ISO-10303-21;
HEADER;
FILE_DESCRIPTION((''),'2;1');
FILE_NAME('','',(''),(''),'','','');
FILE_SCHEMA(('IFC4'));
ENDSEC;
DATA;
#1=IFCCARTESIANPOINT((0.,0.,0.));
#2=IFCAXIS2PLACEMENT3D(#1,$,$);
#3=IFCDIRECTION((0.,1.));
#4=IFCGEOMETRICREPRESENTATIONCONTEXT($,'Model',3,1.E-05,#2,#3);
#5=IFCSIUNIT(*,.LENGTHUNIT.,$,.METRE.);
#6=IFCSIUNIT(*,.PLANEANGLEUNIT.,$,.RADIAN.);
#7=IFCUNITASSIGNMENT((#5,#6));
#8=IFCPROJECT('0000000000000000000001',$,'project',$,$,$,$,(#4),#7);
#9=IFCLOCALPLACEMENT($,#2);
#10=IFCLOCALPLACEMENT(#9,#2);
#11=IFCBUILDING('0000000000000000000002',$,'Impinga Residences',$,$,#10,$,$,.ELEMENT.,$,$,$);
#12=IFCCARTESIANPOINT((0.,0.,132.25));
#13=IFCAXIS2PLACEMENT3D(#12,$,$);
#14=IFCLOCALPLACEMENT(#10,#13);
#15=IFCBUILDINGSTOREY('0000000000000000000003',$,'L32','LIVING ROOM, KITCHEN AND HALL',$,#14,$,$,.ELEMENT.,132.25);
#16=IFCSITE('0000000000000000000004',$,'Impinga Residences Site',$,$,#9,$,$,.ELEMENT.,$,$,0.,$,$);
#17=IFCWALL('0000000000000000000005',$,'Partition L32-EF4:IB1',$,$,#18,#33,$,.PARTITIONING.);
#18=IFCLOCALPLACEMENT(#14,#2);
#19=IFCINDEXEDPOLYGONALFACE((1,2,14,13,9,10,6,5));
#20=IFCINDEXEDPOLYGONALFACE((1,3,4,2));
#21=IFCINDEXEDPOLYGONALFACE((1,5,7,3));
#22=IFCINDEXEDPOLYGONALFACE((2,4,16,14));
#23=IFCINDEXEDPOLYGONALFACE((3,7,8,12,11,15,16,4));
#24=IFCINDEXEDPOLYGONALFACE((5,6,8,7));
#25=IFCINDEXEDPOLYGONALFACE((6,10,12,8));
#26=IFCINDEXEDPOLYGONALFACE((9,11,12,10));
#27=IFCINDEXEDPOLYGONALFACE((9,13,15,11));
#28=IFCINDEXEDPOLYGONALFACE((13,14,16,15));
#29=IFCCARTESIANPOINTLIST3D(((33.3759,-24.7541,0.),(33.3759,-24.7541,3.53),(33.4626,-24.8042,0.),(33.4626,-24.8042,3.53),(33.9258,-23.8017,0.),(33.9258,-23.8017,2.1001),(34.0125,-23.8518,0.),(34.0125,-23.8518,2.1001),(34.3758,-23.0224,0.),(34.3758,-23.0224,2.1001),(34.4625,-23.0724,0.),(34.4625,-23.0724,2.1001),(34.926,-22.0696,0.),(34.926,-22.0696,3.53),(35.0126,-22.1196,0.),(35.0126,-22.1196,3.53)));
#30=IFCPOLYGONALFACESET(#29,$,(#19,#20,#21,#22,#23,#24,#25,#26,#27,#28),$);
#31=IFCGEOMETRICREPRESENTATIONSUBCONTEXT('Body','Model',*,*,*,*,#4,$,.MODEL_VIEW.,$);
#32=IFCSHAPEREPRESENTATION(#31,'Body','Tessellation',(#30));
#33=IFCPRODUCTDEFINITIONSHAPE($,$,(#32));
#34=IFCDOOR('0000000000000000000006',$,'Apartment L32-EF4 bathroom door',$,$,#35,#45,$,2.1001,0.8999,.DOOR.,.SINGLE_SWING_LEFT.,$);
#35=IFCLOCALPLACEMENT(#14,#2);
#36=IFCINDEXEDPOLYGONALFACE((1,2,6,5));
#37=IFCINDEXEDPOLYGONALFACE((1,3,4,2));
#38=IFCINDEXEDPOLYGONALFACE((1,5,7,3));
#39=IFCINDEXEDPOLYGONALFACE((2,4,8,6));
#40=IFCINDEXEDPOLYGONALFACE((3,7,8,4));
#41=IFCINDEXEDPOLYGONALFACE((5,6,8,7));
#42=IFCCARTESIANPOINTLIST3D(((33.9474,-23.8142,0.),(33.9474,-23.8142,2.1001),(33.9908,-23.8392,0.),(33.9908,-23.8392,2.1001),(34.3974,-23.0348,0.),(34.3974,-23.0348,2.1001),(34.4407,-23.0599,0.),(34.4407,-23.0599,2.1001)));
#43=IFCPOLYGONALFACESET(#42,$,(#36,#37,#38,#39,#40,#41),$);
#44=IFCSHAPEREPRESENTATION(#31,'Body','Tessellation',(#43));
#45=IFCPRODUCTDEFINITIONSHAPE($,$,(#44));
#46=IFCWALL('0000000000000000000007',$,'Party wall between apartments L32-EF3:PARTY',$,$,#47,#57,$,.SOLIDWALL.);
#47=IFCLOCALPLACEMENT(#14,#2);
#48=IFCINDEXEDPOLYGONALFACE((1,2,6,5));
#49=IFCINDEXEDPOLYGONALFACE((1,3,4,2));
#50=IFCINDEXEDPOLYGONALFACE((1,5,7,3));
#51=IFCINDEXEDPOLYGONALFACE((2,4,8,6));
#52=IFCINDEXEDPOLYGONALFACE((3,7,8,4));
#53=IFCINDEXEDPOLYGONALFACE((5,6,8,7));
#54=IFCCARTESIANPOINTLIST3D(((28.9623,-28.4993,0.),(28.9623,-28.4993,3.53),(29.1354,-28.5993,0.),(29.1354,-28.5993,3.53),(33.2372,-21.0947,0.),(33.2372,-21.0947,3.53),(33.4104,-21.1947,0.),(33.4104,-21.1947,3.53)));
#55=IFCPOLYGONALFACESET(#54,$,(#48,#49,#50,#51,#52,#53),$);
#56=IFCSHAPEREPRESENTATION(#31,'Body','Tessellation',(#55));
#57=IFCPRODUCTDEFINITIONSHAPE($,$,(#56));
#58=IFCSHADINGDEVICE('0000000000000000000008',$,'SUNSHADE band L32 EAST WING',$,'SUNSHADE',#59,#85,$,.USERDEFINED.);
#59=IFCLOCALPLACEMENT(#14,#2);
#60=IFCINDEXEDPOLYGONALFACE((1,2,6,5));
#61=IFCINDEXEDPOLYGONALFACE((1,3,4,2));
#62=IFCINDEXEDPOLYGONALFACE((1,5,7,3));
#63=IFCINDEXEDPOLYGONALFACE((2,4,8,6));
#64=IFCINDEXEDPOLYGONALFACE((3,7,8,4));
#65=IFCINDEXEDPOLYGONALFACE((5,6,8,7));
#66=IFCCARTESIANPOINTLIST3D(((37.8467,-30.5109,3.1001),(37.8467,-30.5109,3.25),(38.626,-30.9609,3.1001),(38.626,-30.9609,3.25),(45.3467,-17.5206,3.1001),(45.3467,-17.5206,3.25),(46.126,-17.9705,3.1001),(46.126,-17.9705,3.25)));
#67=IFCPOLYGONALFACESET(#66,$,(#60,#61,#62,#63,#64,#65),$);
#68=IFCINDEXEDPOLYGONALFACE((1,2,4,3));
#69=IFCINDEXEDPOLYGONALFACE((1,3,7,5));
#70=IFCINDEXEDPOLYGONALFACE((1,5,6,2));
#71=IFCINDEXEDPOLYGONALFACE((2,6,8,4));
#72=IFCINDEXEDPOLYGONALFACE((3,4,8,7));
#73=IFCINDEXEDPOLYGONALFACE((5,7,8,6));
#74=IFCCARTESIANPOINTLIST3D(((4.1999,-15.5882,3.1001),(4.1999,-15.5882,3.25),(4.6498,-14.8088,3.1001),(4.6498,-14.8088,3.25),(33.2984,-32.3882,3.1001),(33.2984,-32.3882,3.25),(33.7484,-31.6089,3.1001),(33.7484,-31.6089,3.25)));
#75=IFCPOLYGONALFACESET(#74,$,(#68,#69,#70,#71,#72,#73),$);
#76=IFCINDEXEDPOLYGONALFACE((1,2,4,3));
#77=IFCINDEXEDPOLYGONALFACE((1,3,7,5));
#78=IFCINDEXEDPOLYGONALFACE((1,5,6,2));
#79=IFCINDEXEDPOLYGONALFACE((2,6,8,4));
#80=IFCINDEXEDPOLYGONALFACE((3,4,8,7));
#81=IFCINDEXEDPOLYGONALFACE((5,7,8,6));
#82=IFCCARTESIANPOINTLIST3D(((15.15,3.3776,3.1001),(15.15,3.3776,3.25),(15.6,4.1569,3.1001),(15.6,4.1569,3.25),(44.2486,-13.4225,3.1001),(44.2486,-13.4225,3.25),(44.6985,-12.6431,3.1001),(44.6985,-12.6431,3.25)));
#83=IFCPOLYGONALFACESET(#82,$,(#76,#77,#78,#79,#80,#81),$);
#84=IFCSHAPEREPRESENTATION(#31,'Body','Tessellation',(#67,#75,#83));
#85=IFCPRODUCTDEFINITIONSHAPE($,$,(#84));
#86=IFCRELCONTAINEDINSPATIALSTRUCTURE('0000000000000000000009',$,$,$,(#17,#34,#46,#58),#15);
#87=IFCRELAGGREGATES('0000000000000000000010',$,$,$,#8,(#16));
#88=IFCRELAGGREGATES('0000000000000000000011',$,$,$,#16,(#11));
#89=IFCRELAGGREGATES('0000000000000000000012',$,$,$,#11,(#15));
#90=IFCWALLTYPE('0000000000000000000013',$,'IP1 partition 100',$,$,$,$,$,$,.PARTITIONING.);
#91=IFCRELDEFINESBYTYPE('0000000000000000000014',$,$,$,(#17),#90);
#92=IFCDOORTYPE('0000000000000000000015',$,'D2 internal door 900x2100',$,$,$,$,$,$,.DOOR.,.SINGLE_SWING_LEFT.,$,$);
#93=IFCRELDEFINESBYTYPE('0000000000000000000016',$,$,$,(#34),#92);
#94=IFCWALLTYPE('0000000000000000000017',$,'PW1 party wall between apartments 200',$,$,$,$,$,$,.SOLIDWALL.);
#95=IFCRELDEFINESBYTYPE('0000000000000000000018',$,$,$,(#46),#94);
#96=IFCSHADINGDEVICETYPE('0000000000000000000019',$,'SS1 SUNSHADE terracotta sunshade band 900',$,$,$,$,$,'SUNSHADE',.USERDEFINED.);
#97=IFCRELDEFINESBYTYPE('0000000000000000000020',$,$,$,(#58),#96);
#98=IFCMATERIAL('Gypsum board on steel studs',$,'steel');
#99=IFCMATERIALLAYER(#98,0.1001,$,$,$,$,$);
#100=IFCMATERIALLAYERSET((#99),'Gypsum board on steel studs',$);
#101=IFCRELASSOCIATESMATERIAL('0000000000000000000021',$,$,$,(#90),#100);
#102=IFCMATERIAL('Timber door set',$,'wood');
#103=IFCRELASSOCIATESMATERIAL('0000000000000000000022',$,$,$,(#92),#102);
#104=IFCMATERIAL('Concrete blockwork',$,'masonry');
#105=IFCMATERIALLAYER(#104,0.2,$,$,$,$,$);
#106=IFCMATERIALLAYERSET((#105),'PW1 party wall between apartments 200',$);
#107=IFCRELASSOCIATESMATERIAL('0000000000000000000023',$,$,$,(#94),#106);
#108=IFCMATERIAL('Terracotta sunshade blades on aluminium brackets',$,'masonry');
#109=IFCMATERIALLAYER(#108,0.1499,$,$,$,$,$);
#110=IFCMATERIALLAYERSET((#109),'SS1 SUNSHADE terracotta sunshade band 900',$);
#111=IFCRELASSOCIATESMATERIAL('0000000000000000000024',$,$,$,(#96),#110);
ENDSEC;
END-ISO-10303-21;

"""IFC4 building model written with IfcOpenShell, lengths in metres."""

from ifc_helpers import new_model, si_unit, direction, frame, frame_2d, origin, origin_2d, place, context, subcontext, project, spatial, rectangle, extrude, material, layer, layer_set, type_object, element, fill, save


model = new_model("IFC4")

# Units and contexts
model_context = context("Model", 3, precision=1e-05, world=origin(), true_north=direction((0.0, 1.0)))
body_context = subcontext(model_context, "Body", "Model", "MODEL_VIEW")
ifc_project = project(units=[si_unit("LENGTHUNIT", "METRE"), si_unit("PLANEANGLEUNIT", "RADIAN")], contexts=[model_context])

# Site, building, storey
site_placement = place(None, origin())
site = spatial("IfcSite", under=ifc_project, at=site_placement, Name="Impinga Residences Site", CompositionType="ELEMENT", RefElevation=0.0)
building_placement = place(site_placement, origin())
building = spatial("IfcBuilding", under=site, at=building_placement, Name="Impinga Residences", CompositionType="ELEMENT")
storey_placement = place(building_placement, frame((0.0, 0.0, 132.25)))
storey = spatial("IfcBuildingStorey", under=building, at=storey_placement, Name="L32", Description="LIVING ROOM, KITCHEN AND HALL", CompositionType="ELEMENT", Elevation=132.25)

# Shared definitions
ifc_material_1 = material(Name="Gypsum board on steel studs", Category="steel")
ifc_layer_1 = layer(ifc_material_1, 0.1001)
ifc_layer_set_1 = layer_set([ifc_layer_1], Name="Gypsum board on steel studs")
wall_type_1 = type_object("IfcWallType", Name="IP1 partition 100", PredefinedType="PARTITIONING", material=ifc_layer_set_1)

# Shared definitions
ifc_material_2 = material(Name="Timber door set", Category="wood")
door_type = type_object("IfcDoorType", Name="D2 internal door 900x2100", OperationType="SINGLE_SWING_LEFT", PredefinedType="DOOR", material=ifc_material_2)

# Wall, opening, door
wall_1_placement = place(storey_placement, frame((34.9692, -22.0947, 0.0), z_axis=(0.0, 0.0, 1.0), x_axis=(-0.500027, -0.86601, 0.0)))
wall_1 = element("IfcWall", 1, at=wall_1_placement, inside=storey, type_object=wall_type_1, Name="Partition L32-EF4:IB1", PredefinedType="PARTITIONING", context=body_context, shape_type="SweptSolid", body=[
    extrude(rectangle(XDim=3.0999, YDim=0.1001, at=frame_2d((1.5498, 0.0))), origin(), (0.0, 0.0, 1.0), 3.53),
])
opening_1_placement = place(wall_1_placement, frame((1.1001, 0.0, 0.0)))
opening_1 = element("IfcOpeningElement", 2, at=opening_1_placement, cuts=wall_1, PredefinedType="OPENING", context=body_context, shape_type="SweptSolid", body=[
    extrude(rectangle(XDim=0.8999, YDim=2.1001, at=frame_2d((0.45, 1.05))), frame((0.0, 0.0601, 0.0), z_axis=(0.0, -1.0, 0.0), x_axis=(1.0, 0.0, 0.0)), (0.0, 0.0, 1.0), 0.1201),
])
door_1_placement = place(opening_1_placement, origin())
door_1 = element("IfcDoor", 3, at=door_1_placement, inside=storey, type_object=door_type, Name="Apartment L32-EF4 bathroom door", OperationType="SINGLE_SWING_LEFT", OverallHeight=2.1001, OverallWidth=0.8999, PredefinedType="DOOR", context=body_context, shape_type="SweptSolid", body=[
    extrude(rectangle(XDim=0.8999, YDim=2.1001, at=frame_2d((0.45, 1.05))), frame((0.0, 0.0249, 0.0), z_axis=(0.0, -1.0, 0.0), x_axis=(1.0, 0.0, 0.0)), (0.0, 0.0, 1.0), 0.05),
])
fill(opening_1, door_1)

# Wall
ifc_material_3 = material(Name="Concrete blockwork", Category="masonry")
ifc_layer_2 = layer(ifc_material_3, 0.2)
ifc_layer_set_2 = layer_set([ifc_layer_2], Name="PW1 party wall between apartments 200")
wall_type_2 = type_object("IfcWallType", Name="PW1 party wall between apartments 200", PredefinedType="SOLIDWALL", material=ifc_layer_set_2)
wall_2_placement = place(storey_placement, frame((33.3237, -21.1448, 0.0), z_axis=(0.0, 0.0, 1.0), x_axis=(-0.49999, -0.866031, 0.0)))
element("IfcWall", 4, at=wall_2_placement, inside=storey, type_object=wall_type_2, Name="Party wall between apartments L32-EF3:PARTY", PredefinedType="SOLIDWALL", context=body_context, shape_type="SweptSolid", body=[
    extrude(rectangle(XDim=8.55, YDim=0.2, at=frame_2d((4.2749, 0.0))), origin(), (0.0, 0.0, 1.0), 3.53),
])

# Shading device
ifc_material_4 = material(Name="Terracotta sunshade blades on aluminium brackets", Category="masonry")
ifc_layer_3 = layer(ifc_material_4, 0.1499)
ifc_layer_set_3 = layer_set([ifc_layer_3], Name="SS1 SUNSHADE terracotta sunshade band 900")
shading_device_type = type_object("IfcShadingDeviceType", Name="SS1 SUNSHADE terracotta sunshade band 900", ElementType="SUNSHADE", PredefinedType="USERDEFINED", material=ifc_layer_set_3)
shading_device_placement = place(storey_placement, frame((41.9863, -24.2407, 3.1001), z_axis=(0.0, 0.0, 1.0), x_axis=(-0.5, -0.866025, 0.0)))
element("IfcShadingDevice", 5, at=shading_device_placement, inside=storey, type_object=shading_device_type, Name="SUNSHADE band L32 EAST WING", ObjectType="SUNSHADE", PredefinedType="USERDEFINED", context=body_context, shape_type="SweptSolid", body=[
    extrude(rectangle(XDim=15.0, YDim=0.8999, at=origin_2d()), origin(), (0.0, 0.0, 1.0), 0.1499),
    extrude(rectangle(XDim=33.6001, YDim=0.8999, at=origin_2d()), frame((10.95, -20.2502, 0.0), z_axis=(0.0, 0.0, 1.0), x_axis=(0.0, -1.0, 0.0)), (0.0, 0.0, 1.0), 0.1499),
    extrude(rectangle(XDim=33.6001, YDim=0.8999, at=origin_2d()), frame((-10.95, -20.25, 0.0), z_axis=(0.0, 0.0, 1.0), x_axis=(0.0, 1.0, 0.0)), (0.0, 0.0, 1.0), 0.1499),
])

save(model, "model.ifc")
